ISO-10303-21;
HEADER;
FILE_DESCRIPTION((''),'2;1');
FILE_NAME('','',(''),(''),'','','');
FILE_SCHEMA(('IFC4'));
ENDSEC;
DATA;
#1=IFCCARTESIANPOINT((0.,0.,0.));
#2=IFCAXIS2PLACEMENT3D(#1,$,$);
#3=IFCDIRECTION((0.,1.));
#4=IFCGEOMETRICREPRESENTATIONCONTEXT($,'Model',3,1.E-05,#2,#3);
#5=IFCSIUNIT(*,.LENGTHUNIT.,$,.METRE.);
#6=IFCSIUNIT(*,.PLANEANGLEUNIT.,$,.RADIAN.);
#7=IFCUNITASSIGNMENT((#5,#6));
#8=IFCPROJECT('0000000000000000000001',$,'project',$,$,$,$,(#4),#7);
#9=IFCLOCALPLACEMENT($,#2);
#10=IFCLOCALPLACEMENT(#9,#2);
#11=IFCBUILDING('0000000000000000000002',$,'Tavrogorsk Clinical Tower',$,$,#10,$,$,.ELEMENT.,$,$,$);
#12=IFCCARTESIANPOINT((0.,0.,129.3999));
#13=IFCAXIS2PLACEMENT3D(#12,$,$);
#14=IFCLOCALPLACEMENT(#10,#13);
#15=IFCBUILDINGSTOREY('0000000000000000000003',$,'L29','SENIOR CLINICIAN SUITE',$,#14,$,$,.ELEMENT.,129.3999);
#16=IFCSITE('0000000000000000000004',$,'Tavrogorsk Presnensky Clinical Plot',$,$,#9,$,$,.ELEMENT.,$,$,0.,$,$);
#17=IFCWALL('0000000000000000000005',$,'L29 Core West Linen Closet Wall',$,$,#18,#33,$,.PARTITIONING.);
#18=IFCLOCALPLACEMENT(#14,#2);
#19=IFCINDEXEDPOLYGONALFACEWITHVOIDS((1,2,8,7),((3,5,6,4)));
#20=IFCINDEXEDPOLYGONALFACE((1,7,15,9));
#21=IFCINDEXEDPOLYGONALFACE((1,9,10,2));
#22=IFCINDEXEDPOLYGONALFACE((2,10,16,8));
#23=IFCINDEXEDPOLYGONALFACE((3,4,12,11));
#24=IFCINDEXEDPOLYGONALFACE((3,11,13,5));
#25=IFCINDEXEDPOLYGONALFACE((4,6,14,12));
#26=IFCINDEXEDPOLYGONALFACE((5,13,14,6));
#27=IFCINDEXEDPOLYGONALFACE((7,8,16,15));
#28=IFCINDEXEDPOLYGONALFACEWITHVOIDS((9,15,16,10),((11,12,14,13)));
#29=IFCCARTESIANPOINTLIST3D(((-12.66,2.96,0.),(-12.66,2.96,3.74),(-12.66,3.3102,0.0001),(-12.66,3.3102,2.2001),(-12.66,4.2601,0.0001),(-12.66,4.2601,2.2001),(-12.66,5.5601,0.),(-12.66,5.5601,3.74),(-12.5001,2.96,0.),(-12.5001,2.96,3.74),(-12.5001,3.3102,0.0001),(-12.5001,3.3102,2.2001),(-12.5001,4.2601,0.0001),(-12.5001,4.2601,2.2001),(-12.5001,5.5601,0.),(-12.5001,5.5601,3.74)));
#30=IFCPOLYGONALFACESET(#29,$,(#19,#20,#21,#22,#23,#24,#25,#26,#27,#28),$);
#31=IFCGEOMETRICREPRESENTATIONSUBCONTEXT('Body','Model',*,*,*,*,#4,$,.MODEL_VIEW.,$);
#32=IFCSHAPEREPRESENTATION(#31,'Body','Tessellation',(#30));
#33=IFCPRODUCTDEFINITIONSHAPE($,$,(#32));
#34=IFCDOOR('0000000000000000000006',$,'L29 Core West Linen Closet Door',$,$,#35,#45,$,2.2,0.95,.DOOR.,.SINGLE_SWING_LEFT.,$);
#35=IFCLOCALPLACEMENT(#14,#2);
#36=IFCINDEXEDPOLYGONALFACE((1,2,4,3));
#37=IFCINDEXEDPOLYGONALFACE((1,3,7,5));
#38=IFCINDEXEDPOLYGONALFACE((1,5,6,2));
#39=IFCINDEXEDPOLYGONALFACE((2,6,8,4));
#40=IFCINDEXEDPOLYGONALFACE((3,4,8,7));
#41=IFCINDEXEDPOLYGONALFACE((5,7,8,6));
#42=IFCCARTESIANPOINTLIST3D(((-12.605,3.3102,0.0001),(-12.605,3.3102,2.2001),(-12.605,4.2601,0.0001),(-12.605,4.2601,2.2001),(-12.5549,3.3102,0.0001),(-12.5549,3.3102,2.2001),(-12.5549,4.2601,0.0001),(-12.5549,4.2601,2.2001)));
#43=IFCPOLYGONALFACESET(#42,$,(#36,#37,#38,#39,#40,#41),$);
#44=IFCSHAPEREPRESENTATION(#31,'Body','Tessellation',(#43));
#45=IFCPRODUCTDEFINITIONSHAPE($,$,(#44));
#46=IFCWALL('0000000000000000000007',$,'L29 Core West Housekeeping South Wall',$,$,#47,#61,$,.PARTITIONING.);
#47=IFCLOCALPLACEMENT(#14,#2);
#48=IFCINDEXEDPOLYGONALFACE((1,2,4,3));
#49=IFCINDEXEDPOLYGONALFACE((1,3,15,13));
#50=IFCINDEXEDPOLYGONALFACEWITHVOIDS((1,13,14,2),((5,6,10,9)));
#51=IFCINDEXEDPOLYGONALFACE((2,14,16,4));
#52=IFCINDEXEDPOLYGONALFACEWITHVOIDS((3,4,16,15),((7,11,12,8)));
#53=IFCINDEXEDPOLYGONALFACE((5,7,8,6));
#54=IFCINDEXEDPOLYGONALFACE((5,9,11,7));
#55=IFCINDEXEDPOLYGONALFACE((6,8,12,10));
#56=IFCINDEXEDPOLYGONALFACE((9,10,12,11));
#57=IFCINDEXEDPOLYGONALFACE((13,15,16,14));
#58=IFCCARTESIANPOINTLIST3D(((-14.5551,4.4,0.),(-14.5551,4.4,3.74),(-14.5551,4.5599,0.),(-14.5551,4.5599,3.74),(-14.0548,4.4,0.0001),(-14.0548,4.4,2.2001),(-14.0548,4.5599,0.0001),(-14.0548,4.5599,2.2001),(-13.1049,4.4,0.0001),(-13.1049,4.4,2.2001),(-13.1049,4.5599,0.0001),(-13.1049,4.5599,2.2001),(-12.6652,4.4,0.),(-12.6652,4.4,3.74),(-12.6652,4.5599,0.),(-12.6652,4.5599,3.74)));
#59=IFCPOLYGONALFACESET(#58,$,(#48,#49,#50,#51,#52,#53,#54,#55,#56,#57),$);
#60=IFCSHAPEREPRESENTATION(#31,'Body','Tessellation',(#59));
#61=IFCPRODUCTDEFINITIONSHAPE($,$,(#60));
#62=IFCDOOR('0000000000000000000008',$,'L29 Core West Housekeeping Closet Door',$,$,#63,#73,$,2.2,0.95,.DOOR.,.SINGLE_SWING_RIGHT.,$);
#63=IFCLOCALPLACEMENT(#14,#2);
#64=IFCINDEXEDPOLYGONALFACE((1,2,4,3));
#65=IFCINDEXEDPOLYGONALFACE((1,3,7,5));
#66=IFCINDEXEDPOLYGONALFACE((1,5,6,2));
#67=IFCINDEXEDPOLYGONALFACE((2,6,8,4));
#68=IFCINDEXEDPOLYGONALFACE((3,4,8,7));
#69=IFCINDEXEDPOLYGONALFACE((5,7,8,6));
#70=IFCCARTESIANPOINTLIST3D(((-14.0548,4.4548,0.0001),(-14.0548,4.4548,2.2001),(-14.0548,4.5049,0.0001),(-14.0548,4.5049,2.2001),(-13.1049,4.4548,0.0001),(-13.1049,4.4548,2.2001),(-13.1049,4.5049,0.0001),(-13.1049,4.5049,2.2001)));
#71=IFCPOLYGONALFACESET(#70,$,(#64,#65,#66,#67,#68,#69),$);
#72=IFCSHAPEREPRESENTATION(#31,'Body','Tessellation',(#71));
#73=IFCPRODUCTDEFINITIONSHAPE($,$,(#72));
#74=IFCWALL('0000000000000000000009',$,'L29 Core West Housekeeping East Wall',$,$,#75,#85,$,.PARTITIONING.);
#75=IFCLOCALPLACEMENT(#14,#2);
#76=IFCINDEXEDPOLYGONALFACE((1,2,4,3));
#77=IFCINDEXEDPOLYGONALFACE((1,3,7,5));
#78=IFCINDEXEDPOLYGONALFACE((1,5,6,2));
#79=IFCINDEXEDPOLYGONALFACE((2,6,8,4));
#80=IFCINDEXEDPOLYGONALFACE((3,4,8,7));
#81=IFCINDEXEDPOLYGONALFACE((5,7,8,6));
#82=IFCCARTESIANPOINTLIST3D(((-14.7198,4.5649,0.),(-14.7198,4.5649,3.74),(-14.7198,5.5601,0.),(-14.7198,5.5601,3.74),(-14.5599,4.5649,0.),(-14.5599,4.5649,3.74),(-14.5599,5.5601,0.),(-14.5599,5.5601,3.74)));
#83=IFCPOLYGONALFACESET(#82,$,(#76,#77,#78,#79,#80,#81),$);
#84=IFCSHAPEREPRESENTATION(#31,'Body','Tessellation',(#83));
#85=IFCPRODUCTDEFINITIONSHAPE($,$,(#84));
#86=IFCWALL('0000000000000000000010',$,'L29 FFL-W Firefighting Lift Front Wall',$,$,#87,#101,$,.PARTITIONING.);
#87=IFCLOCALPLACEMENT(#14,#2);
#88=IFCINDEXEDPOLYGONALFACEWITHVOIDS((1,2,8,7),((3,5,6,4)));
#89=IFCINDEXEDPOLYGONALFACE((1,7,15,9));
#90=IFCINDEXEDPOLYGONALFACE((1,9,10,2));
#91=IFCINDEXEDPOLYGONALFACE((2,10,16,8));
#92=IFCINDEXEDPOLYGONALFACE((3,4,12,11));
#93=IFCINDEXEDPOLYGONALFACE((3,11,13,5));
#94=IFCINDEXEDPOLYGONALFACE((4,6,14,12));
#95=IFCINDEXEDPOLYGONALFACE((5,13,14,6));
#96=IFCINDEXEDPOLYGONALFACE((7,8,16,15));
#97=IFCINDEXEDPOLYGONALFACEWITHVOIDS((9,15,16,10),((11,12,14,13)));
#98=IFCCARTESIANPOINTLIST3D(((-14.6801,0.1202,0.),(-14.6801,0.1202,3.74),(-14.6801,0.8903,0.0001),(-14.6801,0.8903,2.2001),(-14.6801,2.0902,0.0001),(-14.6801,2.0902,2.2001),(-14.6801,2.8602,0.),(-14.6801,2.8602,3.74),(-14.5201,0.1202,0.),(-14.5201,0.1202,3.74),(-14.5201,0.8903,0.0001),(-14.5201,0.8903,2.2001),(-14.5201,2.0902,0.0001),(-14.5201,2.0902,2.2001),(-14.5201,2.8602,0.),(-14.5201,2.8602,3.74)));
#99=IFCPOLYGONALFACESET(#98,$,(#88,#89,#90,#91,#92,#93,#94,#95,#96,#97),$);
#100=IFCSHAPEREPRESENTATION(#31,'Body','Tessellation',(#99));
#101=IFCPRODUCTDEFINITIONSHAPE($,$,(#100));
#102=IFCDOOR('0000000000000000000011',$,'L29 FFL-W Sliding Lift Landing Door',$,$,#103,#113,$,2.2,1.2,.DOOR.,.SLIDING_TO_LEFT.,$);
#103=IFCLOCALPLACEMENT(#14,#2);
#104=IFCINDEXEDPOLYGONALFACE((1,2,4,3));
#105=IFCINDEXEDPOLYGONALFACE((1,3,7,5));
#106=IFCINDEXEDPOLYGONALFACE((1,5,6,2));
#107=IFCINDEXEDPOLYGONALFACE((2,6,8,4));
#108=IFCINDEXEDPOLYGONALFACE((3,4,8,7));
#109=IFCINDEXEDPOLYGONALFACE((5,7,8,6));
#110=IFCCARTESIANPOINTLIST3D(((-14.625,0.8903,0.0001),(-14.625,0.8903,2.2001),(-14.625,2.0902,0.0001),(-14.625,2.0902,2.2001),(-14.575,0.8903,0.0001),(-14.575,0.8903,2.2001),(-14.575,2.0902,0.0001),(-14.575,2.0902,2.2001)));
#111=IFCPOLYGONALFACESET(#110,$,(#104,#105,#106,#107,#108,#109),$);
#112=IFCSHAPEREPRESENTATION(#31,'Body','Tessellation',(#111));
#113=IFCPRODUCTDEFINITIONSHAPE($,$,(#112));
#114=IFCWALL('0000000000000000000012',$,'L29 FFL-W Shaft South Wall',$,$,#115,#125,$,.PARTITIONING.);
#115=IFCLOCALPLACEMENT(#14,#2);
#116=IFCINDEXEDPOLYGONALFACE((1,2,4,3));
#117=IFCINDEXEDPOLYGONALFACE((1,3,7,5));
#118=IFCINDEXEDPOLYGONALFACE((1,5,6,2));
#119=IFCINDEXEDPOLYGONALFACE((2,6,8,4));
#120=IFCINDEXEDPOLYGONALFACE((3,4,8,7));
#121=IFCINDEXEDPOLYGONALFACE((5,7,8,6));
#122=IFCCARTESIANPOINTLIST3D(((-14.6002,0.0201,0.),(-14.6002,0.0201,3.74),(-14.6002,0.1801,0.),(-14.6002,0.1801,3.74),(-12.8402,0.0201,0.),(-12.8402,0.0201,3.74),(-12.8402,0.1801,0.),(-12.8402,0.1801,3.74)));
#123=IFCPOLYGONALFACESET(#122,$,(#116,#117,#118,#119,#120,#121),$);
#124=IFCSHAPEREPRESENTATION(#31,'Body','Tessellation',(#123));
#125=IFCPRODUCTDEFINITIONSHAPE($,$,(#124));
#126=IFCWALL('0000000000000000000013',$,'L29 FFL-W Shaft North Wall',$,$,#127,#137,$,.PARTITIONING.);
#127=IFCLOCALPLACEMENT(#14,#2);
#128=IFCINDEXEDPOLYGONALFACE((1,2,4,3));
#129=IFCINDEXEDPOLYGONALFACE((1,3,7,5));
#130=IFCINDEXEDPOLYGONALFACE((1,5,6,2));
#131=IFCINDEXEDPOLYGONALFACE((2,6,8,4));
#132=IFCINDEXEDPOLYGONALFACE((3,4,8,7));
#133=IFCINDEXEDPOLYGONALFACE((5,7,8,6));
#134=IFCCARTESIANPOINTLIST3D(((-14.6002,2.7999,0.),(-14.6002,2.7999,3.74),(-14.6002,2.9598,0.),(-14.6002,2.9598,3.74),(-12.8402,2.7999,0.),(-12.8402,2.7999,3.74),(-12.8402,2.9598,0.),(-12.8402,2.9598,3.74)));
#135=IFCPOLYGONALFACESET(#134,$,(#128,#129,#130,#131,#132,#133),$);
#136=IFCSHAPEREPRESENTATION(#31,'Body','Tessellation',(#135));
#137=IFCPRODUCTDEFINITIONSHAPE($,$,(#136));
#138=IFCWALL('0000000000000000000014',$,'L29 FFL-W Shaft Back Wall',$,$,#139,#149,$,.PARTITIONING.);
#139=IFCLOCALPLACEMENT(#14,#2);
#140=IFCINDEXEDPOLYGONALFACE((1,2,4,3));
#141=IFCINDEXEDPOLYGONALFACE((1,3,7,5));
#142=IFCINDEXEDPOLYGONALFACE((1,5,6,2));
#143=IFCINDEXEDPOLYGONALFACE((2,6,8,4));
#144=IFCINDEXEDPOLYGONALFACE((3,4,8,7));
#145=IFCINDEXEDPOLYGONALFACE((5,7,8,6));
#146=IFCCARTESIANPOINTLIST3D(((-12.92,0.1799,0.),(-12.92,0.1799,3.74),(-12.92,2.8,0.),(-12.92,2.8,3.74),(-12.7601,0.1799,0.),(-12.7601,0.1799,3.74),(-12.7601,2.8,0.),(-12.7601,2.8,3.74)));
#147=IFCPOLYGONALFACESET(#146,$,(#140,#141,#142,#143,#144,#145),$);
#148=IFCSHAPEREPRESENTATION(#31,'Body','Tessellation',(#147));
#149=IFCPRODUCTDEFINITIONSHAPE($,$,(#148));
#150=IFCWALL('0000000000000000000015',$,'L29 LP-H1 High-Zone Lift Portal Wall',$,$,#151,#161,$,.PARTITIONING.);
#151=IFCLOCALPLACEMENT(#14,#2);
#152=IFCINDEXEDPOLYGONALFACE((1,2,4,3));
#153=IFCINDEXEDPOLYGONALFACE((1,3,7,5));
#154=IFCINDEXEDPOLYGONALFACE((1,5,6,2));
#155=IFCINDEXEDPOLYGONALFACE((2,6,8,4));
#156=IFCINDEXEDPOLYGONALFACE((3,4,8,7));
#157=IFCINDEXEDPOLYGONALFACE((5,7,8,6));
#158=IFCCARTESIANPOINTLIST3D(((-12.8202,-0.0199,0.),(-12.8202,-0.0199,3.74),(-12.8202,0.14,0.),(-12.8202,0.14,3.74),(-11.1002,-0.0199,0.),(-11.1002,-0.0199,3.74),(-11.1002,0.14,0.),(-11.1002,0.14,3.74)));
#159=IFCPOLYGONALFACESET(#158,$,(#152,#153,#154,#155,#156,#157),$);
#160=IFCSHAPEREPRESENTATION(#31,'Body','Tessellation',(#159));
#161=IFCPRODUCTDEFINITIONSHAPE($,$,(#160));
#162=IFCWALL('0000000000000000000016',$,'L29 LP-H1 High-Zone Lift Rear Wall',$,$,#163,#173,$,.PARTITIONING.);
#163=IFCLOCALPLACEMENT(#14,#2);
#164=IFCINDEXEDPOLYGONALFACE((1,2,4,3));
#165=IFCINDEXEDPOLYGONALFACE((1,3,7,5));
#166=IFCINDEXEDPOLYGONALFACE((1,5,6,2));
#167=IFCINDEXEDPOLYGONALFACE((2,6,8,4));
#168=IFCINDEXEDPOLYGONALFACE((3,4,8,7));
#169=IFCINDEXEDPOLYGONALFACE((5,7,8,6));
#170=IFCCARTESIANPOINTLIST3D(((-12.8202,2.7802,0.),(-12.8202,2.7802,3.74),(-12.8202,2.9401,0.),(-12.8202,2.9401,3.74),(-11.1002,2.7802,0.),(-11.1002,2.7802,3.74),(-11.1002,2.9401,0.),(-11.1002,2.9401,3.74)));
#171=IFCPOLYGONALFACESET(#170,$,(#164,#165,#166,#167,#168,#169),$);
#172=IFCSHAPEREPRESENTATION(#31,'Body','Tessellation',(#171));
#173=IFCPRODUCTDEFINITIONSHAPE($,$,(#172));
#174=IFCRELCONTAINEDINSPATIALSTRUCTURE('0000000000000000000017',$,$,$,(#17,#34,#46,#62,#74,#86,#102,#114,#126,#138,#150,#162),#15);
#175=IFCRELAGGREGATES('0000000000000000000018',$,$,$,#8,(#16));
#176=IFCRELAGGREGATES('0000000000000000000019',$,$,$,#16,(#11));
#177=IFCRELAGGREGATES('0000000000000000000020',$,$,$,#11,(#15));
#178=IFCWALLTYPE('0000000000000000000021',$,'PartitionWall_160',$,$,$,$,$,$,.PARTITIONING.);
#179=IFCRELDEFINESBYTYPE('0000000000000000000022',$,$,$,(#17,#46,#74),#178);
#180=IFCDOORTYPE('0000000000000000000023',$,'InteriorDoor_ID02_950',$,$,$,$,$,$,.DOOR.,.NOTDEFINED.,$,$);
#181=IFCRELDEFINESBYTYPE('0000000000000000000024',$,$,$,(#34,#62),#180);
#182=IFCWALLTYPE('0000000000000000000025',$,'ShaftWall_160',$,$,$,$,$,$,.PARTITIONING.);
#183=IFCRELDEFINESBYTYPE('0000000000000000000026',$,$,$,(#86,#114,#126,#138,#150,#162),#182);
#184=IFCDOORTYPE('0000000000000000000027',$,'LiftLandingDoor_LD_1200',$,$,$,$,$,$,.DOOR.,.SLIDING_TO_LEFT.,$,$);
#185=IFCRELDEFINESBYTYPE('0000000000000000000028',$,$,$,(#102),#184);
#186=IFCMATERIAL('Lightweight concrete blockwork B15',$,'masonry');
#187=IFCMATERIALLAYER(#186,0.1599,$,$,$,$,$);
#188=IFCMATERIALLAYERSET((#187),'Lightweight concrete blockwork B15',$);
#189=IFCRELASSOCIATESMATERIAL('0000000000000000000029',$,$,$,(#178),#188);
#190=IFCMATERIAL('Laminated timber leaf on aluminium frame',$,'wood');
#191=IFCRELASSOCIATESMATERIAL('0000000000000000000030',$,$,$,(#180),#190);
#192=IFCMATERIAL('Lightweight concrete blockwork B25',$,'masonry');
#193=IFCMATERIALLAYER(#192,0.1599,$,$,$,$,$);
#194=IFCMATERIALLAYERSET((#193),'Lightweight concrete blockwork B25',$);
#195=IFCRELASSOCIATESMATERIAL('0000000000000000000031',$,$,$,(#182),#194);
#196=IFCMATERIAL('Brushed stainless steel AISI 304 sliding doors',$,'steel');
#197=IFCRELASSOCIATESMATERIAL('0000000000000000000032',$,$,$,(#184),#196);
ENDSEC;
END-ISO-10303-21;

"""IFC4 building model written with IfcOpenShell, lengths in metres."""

from ifc_helpers import new_model, si_unit, direction, frame, frame_2d, origin, place, context, subcontext, project, spatial, rectangle, extrude, material, layer, layer_set, type_object, element, fill, save


model = new_model("IFC4")

# Units and contexts
model_context = context("Model", 3, precision=1e-05, world=origin(), true_north=direction((0.0, 1.0)))
body_context = subcontext(model_context, "Body", "Model", "MODEL_VIEW")
ifc_project = project(units=[si_unit("LENGTHUNIT", "METRE"), si_unit("PLANEANGLEUNIT", "RADIAN")], contexts=[model_context])

# Site, building, storey
site_placement = place(None, origin())
site = spatial("IfcSite", under=ifc_project, at=site_placement, Name="Tavrogorsk Presnensky Clinical Plot", CompositionType="ELEMENT", RefElevation=0.0)
building_placement = place(site_placement, origin())
building = spatial("IfcBuilding", under=site, at=building_placement, Name="Tavrogorsk Clinical Tower", CompositionType="ELEMENT")
storey_placement = place(building_placement, frame((0.0, 0.0, 129.3999)))
storey = spatial("IfcBuildingStorey", under=building, at=storey_placement, Name="L29", Description="SENIOR CLINICIAN SUITE", CompositionType="ELEMENT", Elevation=129.3999)

# Walls, openings, doors
ifc_material_1 = material(Name="Lightweight concrete blockwork B15", Category="masonry")
ifc_layer_1 = layer(ifc_material_1, 0.1599)
ifc_layer_set_1 = layer_set([ifc_layer_1], Name="Lightweight concrete blockwork B15")
wall_type_1 = type_object("IfcWallType", Name="PartitionWall_160", PredefinedType="PARTITIONING", material=ifc_layer_set_1)
wall_1_placement = place(storey_placement, frame((-12.5801, 2.96, 0.0), z_axis=(0.0, 0.0, 1.0), x_axis=(0.0, 1.0, 0.0)))
wall_1 = element("IfcWall", 1, at=wall_1_placement, inside=storey, type_object=wall_type_1, Name="L29 Core West Linen Closet Wall", PredefinedType="PARTITIONING", context=body_context, shape_type="SweptSolid", body=[
    extrude(rectangle(XDim=2.6001, YDim=0.1599, at=frame_2d((1.3, 0.0))), origin(), (0.0, 0.0, 1.0), 3.74),
])
opening_1_placement = place(wall_1_placement, frame((0.3501, 0.0, 0.0)))
opening_1 = element("IfcOpeningElement", 2, at=opening_1_placement, cuts=wall_1, PredefinedType="OPENING", context=body_context, shape_type="SweptSolid", body=[
    extrude(rectangle(XDim=0.95, YDim=2.2, at=frame_2d((0.4751, 1.1001))), frame((0.0, 0.0898, 0.0), z_axis=(0.0, -1.0, 0.0), x_axis=(1.0, 0.0, 0.0)), (0.0, 0.0, 1.0), 0.1799),
])
ifc_material_2 = material(Name="Laminated timber leaf on aluminium frame", Category="wood")
door_type_1 = type_object("IfcDoorType", Name="InteriorDoor_ID02_950", OperationType="NOTDEFINED", PredefinedType="DOOR", material=ifc_material_2)
door_1_placement = place(opening_1_placement, origin())
door_1 = element("IfcDoor", 3, at=door_1_placement, inside=storey, type_object=door_type_1, Name="L29 Core West Linen Closet Door", OperationType="SINGLE_SWING_LEFT", OverallHeight=2.2, OverallWidth=0.95, PredefinedType="DOOR", context=body_context, shape_type="SweptSolid", body=[
    extrude(rectangle(XDim=0.95, YDim=2.2, at=frame_2d((0.4751, 1.1001))), frame((0.0, 0.0249, 0.0), z_axis=(0.0, -1.0, 0.0), x_axis=(1.0, 0.0, 0.0)), (0.0, 0.0, 1.0), 0.05),
])
fill(opening_1, door_1)
wall_2_placement = place(storey_placement, frame((-14.5549, 4.48, 0.0), z_axis=(0.0, 0.0, 1.0), x_axis=(1.0, 0.0, 0.0)))
wall_2 = element("IfcWall", 4, at=wall_2_placement, inside=storey, type_object=wall_type_1, Name="L29 Core West Housekeeping South Wall", PredefinedType="PARTITIONING", context=body_context, shape_type="SweptSolid", body=[
    extrude(rectangle(XDim=1.8899, YDim=0.1599, at=frame_2d((0.9448, 0.0))), origin(), (0.0, 0.0, 1.0), 3.74),
])
opening_2_placement = place(wall_2_placement, frame((0.5, 0.0, 0.0)))
opening_2 = element("IfcOpeningElement", 5, at=opening_2_placement, cuts=wall_2, PredefinedType="OPENING", context=body_context, shape_type="SweptSolid", body=[
    extrude(rectangle(XDim=0.95, YDim=2.2, at=frame_2d((0.4751, 1.1001))), frame((0.0, 0.0898, 0.0), z_axis=(0.0, -1.0, 0.0), x_axis=(1.0, 0.0, 0.0)), (0.0, 0.0, 1.0), 0.1799),
])
door_2_placement = place(opening_2_placement, origin())
door_2 = element("IfcDoor", 6, at=door_2_placement, inside=storey, type_object=door_type_1, Name="L29 Core West Housekeeping Closet Door", OperationType="SINGLE_SWING_RIGHT", OverallHeight=2.2, OverallWidth=0.95, PredefinedType="DOOR", context=body_context, shape_type="SweptSolid", body=[
    extrude(rectangle(XDim=0.95, YDim=2.2, at=frame_2d((0.4751, 1.1001))), frame((0.0, 0.0249, 0.0), z_axis=(0.0, -1.0, 0.0), x_axis=(1.0, 0.0, 0.0)), (0.0, 0.0, 1.0), 0.05),
])
fill(opening_2, door_2)

# Wall
wall_3_placement = place(storey_placement, frame((-14.6399, 4.5649, 0.0), z_axis=(0.0, 0.0, 1.0), x_axis=(0.0, 1.0, 0.0)))
element("IfcWall", 7, at=wall_3_placement, inside=storey, type_object=wall_type_1, Name="L29 Core West Housekeeping East Wall", PredefinedType="PARTITIONING", context=body_context, shape_type="SweptSolid", body=[
    extrude(rectangle(XDim=0.9951, YDim=0.1599, at=frame_2d((0.4976, 0.0))), origin(), (0.0, 0.0, 1.0), 3.74),
])

# Wall, opening, door
ifc_material_3 = material(Name="Lightweight concrete blockwork B25", Category="masonry")
ifc_layer_2 = layer(ifc_material_3, 0.1599)
ifc_layer_set_2 = layer_set([ifc_layer_2], Name="Lightweight concrete blockwork B25")
wall_type_2 = type_object("IfcWallType", Name="ShaftWall_160", PredefinedType="PARTITIONING", material=ifc_layer_set_2)
wall_4_placement = place(storey_placement, frame((-14.6001, 0.1201, 0.0), z_axis=(0.0, 0.0, 1.0), x_axis=(0.0, 1.0, 0.0)))
wall_4 = element("IfcWall", 8, at=wall_4_placement, inside=storey, type_object=wall_type_2, Name="L29 FFL-W Firefighting Lift Front Wall", PredefinedType="PARTITIONING", context=body_context, shape_type="SweptSolid", body=[
    extrude(rectangle(XDim=2.74, YDim=0.1599, at=frame_2d((1.3701, 0.0))), origin(), (0.0, 0.0, 1.0), 3.74),
])
opening_3_placement = place(wall_4_placement, frame((0.77, 0.0, 0.0)))
opening_3 = element("IfcOpeningElement", 9, at=opening_3_placement, cuts=wall_4, PredefinedType="OPENING", context=body_context, shape_type="SweptSolid", body=[
    extrude(rectangle(XDim=1.2, YDim=2.2, at=frame_2d((0.6001, 1.1001))), frame((0.0, 0.0898, 0.0), z_axis=(0.0, -1.0, 0.0), x_axis=(1.0, 0.0, 0.0)), (0.0, 0.0, 1.0), 0.1799),
])
ifc_material_4 = material(Name="Brushed stainless steel AISI 304 sliding doors", Category="steel")
door_type_2 = type_object("IfcDoorType", Name="LiftLandingDoor_LD_1200", OperationType="SLIDING_TO_LEFT", PredefinedType="DOOR", material=ifc_material_4)
door_3_placement = place(opening_3_placement, origin())
door_3 = element("IfcDoor", 10, at=door_3_placement, inside=storey, type_object=door_type_2, Name="L29 FFL-W Sliding Lift Landing Door", OperationType="SLIDING_TO_LEFT", OverallHeight=2.2, OverallWidth=1.2, PredefinedType="DOOR", context=body_context, shape_type="SweptSolid", body=[
    extrude(rectangle(XDim=1.2, YDim=2.2, at=frame_2d((0.6001, 1.1001))), frame((0.0, 0.0249, 0.0), z_axis=(0.0, -1.0, 0.0), x_axis=(1.0, 0.0, 0.0)), (0.0, 0.0, 1.0), 0.05),
])
fill(opening_3, door_3)

# Walls
for number, where, z_axis, x_axis, name in (
    (11, (-14.6001, 0.1001, 0.0), (0.0, 0.0, 1.0), (1.0, 0.0, 0.0), "L29 FFL-W Shaft South Wall"),
    (12, (-14.6001, 2.8799, 0.0), (0.0, 0.0, 1.0), (1.0, 0.0, 0.0), "L29 FFL-W Shaft North Wall"),
):
    element("IfcWall", number, at=place(storey_placement, frame(where, z_axis=z_axis, x_axis=x_axis)), inside=storey, type_object=wall_type_2, Name=name, PredefinedType="PARTITIONING", context=body_context, shape_type="SweptSolid", body=[
        extrude(rectangle(XDim=1.76, YDim=0.1599, at=frame_2d((0.8799, 0.0))), origin(), (0.0, 0.0, 1.0), 3.74),
    ])
wall_5_placement = place(storey_placement, frame((-12.8401, 0.1799, 0.0), z_axis=(0.0, 0.0, 1.0), x_axis=(0.0, 1.0, 0.0)))
element("IfcWall", 13, at=wall_5_placement, inside=storey, type_object=wall_type_2, Name="L29 FFL-W Shaft Back Wall", PredefinedType="PARTITIONING", context=body_context, shape_type="SweptSolid", body=[
    extrude(rectangle(XDim=2.6201, YDim=0.1599, at=frame_2d((1.3101, 0.0))), origin(), (0.0, 0.0, 1.0), 3.74),
])
for number, where, z_axis, x_axis, name in (
    (14, (-12.8201, 0.0601, 0.0), (0.0, 0.0, 1.0), (1.0, 0.0, 0.0), "L29 LP-H1 High-Zone Lift Portal Wall"),
    (15, (-12.8201, 2.8601, 0.0), (0.0, 0.0, 1.0), (1.0, 0.0, 0.0), "L29 LP-H1 High-Zone Lift Rear Wall"),
):
    element("IfcWall", number, at=place(storey_placement, frame(where, z_axis=z_axis, x_axis=x_axis)), inside=storey, type_object=wall_type_2, Name=name, PredefinedType="PARTITIONING", context=body_context, shape_type="SweptSolid", body=[
        extrude(rectangle(XDim=1.72, YDim=0.1599, at=frame_2d((0.8599, 0.0))), origin(), (0.0, 0.0, 1.0), 3.74),
    ])

save(model, "model.ifc")
